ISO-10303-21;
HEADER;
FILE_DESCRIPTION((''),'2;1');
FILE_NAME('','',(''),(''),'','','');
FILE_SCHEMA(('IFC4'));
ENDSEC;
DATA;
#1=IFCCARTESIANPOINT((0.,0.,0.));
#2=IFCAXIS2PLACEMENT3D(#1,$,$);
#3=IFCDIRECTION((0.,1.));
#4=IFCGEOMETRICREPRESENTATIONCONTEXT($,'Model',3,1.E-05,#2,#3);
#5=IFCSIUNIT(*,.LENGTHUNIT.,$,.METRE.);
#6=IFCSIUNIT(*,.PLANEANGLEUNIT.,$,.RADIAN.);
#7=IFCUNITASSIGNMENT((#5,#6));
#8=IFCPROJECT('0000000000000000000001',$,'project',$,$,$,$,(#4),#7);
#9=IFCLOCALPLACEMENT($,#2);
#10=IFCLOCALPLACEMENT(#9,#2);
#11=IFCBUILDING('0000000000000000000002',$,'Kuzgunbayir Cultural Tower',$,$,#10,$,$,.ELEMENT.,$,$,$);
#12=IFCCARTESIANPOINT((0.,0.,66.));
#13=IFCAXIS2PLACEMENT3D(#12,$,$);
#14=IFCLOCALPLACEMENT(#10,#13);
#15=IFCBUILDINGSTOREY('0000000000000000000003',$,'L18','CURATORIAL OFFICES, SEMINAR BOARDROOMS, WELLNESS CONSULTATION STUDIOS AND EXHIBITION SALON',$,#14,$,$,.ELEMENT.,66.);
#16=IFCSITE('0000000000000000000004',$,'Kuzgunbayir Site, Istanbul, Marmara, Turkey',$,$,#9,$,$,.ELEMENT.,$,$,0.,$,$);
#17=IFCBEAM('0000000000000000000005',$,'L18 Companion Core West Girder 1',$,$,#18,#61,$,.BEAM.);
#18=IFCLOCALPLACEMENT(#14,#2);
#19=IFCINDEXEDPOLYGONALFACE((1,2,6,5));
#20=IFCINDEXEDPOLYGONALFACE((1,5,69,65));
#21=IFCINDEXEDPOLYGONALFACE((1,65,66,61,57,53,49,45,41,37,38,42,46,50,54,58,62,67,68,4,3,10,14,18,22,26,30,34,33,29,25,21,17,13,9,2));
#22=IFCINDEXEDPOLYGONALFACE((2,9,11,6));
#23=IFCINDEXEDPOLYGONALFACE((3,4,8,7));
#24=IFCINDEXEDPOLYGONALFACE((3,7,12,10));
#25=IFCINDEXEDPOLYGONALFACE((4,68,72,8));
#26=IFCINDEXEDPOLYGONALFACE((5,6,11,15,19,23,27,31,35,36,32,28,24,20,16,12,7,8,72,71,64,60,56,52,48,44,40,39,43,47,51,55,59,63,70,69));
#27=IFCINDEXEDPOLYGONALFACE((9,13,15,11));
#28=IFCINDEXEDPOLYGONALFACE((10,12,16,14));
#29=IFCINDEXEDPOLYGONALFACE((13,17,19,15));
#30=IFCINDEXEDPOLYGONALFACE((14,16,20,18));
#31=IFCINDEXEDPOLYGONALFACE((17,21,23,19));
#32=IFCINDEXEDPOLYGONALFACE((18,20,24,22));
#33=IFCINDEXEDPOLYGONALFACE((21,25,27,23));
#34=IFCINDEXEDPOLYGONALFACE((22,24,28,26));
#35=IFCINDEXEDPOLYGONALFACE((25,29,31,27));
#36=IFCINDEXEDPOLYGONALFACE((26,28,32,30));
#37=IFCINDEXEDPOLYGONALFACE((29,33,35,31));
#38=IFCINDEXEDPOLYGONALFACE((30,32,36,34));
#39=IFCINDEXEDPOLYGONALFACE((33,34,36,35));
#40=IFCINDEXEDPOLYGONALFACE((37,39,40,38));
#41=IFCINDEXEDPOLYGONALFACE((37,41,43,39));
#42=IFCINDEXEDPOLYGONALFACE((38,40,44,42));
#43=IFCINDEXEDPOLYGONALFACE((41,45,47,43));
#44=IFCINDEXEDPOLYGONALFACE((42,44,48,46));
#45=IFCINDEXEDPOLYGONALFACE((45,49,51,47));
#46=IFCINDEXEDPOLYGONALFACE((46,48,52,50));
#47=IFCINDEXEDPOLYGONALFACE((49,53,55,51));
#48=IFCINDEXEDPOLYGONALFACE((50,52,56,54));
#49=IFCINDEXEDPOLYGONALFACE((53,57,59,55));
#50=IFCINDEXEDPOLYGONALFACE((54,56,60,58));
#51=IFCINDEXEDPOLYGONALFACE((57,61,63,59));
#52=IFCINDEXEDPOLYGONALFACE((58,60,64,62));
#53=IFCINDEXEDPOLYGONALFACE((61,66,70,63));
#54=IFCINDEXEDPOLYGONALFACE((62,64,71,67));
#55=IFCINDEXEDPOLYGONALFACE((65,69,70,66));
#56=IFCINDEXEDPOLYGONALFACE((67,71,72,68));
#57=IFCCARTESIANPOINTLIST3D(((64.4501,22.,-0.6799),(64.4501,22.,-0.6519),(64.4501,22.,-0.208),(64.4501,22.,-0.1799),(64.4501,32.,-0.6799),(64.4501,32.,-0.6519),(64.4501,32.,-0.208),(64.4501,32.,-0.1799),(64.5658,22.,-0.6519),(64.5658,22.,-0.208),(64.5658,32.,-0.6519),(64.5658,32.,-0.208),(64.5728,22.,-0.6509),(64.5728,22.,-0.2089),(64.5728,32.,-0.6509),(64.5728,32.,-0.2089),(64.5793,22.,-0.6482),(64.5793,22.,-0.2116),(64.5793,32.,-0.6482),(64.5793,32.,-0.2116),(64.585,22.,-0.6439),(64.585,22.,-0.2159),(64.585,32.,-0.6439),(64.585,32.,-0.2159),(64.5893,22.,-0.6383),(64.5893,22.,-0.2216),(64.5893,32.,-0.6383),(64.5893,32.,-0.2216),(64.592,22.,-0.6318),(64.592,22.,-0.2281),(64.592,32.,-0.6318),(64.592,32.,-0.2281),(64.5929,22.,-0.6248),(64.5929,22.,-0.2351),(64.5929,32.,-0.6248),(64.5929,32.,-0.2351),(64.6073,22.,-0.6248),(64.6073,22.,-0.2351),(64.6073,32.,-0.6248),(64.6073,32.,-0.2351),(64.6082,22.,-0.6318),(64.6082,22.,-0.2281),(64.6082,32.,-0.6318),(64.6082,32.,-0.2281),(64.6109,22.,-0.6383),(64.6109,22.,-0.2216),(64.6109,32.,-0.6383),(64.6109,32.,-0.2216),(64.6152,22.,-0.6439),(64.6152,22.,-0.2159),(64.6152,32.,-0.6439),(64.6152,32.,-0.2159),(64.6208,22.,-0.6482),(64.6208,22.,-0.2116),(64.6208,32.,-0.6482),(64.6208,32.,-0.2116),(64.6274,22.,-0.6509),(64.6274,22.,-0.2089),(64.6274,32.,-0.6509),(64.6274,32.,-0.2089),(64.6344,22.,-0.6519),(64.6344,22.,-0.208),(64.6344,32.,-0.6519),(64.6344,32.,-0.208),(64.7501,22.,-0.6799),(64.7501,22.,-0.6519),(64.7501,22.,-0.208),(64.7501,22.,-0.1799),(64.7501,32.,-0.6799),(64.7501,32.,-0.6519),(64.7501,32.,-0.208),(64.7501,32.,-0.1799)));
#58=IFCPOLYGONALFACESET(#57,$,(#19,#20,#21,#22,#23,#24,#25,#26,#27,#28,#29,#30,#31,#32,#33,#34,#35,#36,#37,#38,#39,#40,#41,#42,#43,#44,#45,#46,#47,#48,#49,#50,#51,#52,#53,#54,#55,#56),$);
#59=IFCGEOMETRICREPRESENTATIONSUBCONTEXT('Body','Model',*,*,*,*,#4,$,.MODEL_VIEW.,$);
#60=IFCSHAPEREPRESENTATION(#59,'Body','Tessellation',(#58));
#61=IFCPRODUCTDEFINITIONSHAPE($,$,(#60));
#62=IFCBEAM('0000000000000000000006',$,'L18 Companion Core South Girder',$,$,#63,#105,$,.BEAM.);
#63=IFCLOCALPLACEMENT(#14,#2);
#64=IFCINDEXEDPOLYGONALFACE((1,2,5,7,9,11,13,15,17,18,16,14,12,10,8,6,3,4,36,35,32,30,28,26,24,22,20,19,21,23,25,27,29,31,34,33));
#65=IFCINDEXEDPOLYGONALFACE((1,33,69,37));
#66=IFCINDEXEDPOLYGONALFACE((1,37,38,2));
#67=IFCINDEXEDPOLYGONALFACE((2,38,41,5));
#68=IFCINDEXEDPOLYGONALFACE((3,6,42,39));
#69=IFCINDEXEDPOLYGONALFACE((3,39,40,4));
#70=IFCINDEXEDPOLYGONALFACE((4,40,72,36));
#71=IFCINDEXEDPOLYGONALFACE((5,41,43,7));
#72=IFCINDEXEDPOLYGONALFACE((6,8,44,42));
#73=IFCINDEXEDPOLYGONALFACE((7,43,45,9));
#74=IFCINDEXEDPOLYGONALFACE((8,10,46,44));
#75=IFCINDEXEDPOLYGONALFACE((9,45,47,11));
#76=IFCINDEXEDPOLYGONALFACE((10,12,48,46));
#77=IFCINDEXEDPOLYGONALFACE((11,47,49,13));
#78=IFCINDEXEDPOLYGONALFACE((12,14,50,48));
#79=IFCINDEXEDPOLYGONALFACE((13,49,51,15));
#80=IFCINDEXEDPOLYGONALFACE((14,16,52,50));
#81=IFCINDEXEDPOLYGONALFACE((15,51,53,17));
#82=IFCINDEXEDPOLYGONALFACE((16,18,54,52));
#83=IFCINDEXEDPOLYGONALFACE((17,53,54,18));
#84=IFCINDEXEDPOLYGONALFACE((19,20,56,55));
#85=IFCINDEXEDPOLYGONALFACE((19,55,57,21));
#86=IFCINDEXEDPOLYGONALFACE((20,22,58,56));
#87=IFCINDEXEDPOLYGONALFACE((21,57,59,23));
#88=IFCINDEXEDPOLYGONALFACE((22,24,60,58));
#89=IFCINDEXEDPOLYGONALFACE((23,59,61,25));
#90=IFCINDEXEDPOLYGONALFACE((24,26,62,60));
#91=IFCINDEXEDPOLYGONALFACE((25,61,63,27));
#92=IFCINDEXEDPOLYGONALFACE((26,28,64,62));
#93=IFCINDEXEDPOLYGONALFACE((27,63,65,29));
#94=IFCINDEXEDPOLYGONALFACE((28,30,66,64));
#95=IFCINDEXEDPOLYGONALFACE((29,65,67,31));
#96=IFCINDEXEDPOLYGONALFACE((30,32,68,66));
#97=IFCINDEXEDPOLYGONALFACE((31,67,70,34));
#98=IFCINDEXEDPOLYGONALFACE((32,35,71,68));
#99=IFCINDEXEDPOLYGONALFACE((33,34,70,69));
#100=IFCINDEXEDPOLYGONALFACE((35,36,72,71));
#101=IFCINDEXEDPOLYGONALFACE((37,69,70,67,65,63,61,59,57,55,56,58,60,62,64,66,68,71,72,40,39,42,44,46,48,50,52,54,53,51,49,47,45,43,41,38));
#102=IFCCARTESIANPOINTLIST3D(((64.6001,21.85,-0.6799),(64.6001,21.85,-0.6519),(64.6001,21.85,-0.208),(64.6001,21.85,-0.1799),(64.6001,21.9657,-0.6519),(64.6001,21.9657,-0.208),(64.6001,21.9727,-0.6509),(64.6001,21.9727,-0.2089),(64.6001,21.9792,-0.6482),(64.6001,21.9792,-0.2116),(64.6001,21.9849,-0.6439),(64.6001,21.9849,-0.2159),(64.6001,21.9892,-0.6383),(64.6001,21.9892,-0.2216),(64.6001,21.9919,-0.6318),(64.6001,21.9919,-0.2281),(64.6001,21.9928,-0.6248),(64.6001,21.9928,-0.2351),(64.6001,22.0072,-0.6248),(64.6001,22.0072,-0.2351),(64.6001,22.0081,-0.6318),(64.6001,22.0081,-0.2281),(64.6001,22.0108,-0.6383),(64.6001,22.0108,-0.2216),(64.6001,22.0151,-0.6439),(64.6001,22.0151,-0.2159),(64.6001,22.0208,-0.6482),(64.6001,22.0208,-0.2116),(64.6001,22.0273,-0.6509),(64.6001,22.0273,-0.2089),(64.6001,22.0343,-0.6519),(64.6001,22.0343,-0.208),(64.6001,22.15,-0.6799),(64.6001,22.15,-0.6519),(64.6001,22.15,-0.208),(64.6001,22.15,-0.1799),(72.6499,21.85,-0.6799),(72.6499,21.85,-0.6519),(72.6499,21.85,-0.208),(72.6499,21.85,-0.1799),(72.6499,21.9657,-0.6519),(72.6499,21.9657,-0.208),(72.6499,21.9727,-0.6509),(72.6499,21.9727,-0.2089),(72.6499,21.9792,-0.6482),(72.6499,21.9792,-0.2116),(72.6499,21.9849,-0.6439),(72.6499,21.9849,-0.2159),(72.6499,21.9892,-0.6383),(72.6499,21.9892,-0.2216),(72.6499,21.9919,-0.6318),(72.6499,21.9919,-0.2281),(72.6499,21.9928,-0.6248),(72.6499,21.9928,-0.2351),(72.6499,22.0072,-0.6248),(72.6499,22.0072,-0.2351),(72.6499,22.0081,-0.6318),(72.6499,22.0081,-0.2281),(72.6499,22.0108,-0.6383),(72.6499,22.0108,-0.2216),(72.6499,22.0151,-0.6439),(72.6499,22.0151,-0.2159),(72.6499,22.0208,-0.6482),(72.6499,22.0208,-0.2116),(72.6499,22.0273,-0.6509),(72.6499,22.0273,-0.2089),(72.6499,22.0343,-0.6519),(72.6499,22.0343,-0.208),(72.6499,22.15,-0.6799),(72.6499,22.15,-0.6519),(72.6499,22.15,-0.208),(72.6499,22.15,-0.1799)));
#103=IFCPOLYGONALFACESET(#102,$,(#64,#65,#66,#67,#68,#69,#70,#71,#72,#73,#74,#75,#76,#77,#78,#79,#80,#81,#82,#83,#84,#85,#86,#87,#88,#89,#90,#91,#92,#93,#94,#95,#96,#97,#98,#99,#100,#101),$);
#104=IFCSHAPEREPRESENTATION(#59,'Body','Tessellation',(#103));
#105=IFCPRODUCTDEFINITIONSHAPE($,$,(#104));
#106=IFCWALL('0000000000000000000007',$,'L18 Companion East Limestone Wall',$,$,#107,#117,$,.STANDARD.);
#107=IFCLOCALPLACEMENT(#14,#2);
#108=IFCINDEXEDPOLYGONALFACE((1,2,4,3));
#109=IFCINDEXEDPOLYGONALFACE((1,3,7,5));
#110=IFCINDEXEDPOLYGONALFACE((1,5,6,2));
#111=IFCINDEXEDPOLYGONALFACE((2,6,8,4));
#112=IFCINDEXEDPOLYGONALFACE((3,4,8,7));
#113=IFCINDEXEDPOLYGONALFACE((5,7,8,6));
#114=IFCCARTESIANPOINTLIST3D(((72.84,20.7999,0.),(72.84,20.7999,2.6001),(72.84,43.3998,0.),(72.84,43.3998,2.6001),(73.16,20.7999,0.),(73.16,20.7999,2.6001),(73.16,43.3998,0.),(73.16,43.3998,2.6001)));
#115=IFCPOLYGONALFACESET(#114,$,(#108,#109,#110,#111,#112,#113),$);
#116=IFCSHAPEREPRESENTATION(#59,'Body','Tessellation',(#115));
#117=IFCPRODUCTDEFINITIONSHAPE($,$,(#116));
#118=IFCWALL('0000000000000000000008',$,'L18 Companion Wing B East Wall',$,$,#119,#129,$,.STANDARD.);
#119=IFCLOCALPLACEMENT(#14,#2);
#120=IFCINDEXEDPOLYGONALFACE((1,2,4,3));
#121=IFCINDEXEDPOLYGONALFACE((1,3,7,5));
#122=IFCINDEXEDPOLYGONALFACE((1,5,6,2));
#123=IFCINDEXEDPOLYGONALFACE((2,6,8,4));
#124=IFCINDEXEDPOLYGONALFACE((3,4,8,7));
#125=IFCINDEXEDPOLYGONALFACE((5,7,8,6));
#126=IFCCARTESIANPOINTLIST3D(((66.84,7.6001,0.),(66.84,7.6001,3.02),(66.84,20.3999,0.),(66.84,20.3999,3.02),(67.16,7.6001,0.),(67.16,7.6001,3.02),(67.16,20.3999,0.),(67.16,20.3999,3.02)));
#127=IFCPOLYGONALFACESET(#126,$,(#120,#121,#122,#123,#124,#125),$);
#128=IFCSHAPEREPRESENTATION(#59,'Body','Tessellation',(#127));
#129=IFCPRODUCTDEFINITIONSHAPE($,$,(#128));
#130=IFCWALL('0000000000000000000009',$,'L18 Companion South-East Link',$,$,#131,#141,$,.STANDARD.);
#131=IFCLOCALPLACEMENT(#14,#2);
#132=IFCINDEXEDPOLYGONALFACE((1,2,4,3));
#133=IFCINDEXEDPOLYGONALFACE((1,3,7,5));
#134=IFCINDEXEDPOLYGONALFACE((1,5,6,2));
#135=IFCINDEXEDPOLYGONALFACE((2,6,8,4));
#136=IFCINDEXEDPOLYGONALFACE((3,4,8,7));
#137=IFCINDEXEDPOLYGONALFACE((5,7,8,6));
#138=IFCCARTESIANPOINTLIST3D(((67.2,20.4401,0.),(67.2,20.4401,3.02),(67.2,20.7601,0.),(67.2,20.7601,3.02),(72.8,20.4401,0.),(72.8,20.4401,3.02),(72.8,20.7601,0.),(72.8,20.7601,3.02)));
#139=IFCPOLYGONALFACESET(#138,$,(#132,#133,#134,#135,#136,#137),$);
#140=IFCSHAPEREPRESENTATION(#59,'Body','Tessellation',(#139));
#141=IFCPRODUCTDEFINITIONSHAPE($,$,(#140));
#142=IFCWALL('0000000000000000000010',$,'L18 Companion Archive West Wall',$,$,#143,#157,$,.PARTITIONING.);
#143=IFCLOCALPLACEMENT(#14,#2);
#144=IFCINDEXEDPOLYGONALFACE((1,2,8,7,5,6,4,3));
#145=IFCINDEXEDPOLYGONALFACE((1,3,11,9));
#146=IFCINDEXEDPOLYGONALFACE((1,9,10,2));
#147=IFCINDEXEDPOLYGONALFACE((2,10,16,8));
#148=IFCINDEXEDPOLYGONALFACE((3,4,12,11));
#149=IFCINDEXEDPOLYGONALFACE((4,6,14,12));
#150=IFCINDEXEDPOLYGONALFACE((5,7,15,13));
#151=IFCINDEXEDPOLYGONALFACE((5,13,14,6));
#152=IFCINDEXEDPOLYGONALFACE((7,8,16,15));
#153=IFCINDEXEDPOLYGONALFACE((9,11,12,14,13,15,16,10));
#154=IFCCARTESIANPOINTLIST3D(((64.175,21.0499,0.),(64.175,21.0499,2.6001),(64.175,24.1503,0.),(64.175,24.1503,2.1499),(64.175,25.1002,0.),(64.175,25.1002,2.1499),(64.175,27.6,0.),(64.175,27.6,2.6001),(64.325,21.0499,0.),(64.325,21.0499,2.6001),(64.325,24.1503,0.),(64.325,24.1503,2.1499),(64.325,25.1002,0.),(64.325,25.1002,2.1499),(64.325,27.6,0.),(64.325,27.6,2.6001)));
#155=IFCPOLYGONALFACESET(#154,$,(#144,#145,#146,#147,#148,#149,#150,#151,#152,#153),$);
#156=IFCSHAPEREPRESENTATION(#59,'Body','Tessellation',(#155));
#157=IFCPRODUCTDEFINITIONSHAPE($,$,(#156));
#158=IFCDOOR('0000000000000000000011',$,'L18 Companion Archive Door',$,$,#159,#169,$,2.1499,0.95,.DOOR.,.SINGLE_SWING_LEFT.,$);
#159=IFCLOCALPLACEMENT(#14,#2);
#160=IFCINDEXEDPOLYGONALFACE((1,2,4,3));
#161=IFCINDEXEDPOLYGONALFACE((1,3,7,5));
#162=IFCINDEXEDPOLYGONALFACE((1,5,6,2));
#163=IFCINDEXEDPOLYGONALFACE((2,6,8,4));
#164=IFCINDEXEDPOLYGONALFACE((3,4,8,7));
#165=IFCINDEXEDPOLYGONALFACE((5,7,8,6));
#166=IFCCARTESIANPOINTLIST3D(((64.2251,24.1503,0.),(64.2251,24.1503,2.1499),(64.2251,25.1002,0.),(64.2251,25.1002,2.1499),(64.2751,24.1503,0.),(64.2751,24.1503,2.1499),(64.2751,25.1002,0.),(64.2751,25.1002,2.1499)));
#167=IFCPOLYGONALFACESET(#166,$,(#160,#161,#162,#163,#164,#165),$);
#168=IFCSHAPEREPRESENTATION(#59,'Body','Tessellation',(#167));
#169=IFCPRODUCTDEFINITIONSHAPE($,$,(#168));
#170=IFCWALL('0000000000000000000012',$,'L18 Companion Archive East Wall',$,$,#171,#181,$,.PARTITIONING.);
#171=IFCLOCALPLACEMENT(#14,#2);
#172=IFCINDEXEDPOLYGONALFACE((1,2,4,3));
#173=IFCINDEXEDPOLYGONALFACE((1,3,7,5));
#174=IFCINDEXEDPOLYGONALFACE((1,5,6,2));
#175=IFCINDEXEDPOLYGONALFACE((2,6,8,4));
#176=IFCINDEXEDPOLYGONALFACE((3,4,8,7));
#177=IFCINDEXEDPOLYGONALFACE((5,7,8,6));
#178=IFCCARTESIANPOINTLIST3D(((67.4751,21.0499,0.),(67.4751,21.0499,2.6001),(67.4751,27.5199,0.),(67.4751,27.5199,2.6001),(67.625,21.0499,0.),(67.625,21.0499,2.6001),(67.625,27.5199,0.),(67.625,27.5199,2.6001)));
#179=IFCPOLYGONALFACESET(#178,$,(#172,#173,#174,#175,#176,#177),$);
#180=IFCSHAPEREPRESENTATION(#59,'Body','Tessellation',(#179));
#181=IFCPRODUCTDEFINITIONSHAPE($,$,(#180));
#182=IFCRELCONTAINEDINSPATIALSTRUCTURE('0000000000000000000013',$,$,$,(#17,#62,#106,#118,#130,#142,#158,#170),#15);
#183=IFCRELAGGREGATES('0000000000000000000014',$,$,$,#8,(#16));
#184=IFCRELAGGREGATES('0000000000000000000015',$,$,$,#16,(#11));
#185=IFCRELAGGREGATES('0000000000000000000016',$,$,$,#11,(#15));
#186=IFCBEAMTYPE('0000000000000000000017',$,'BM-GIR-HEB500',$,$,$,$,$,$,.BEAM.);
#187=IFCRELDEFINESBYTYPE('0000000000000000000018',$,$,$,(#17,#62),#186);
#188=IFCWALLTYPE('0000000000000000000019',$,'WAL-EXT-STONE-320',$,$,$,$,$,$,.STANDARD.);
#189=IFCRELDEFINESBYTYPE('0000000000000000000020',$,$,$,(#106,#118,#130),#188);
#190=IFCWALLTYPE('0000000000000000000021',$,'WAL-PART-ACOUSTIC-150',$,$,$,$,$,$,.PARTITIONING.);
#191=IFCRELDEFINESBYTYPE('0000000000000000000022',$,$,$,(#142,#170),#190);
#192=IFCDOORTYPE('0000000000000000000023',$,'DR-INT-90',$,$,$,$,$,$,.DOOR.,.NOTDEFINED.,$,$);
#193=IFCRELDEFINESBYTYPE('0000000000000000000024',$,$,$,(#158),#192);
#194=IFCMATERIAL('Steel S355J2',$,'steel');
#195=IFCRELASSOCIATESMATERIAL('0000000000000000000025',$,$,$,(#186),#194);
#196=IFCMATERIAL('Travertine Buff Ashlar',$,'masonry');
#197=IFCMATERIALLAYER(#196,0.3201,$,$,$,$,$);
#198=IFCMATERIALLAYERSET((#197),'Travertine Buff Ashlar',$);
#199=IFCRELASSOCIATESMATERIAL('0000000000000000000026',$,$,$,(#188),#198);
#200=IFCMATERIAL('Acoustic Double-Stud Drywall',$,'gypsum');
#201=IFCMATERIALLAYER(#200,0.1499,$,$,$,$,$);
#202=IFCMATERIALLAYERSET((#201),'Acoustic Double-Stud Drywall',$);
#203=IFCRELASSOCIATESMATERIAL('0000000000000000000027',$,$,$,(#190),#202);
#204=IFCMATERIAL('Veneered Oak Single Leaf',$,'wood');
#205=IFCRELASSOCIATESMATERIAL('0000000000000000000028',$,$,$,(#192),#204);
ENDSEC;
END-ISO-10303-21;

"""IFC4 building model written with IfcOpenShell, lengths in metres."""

from ifc_helpers import new_model, si_unit, direction, frame, frame_2d, origin, origin_2d, place, context, subcontext, project, spatial, rectangle, i_section, extrude, material, layer, layer_set, material_profile, profile_set, type_object, element, fill, save


model = new_model("IFC4")

# Units and contexts
model_context = context("Model", 3, precision=1e-05, world=origin(), true_north=direction((0.0, 1.0)))
body_context = subcontext(model_context, "Body", "Model", "MODEL_VIEW")
ifc_project = project(units=[si_unit("LENGTHUNIT", "METRE"), si_unit("PLANEANGLEUNIT", "RADIAN")], contexts=[model_context])

# Site, building, storey
site_placement = place(None, origin())
site = spatial("IfcSite", under=ifc_project, at=site_placement, Name="Kuzgunbayir Site, Istanbul, Marmara, Turkey", CompositionType="ELEMENT", RefElevation=0.0)
building_placement = place(site_placement, origin())
building = spatial("IfcBuilding", under=site, at=building_placement, Name="Kuzgunbayir Cultural Tower", CompositionType="ELEMENT")
storey_placement = place(building_placement, frame((0.0, 0.0, 66.0)))
storey = spatial("IfcBuildingStorey", under=building, at=storey_placement, Name="L18", Description="CURATORIAL OFFICES, SEMINAR BOARDROOMS, WELLNESS CONSULTATION STUDIOS AND EXHIBITION SALON", CompositionType="ELEMENT", Elevation=66.0)

# Beams
ifc_material_1 = material(Name="Steel S355J2", Category="steel")
ifc_material_profile_1 = material_profile(ifc_material_1, i_section(OverallWidth=0.3, OverallDepth=0.5, WebThickness=0.0144, FlangeThickness=0.0281, FilletRadius=0.0271, at=origin_2d()), Name="HEB 500")
ifc_profile_set_1 = profile_set([ifc_material_profile_1], Name="Steel S355J2")
beam_type_1 = type_object("IfcBeamType", Name="BM-GIR-HEB500", PredefinedType="BEAM", material=ifc_profile_set_1)
beam_1_placement = place(storey_placement, frame((64.6001, 22.0, -0.4299), z_axis=(0.0, 1.0, 0.0), x_axis=(-1.0, 0.0, 0.0)))
element("IfcBeam", 1, at=beam_1_placement, inside=storey, type_object=beam_type_1, Name="L18 Companion Core West Girder 1", PredefinedType="BEAM", context=body_context, shape_type="SweptSolid", body=[
    extrude(i_section(OverallWidth=0.3, OverallDepth=0.5, WebThickness=0.0144, FlangeThickness=0.0281, FilletRadius=0.0271, at=origin_2d()), origin(), (0.0, 0.0, 1.0), 10.0),
])
beam_2_placement = place(storey_placement, frame((64.6001, 22.0, -0.4299), z_axis=(1.0, 0.0, 0.0), x_axis=(0.0, 1.0, 0.0)))
element("IfcBeam", 2, at=beam_2_placement, inside=storey, type_object=beam_type_1, Name="L18 Companion Core South Girder", PredefinedType="BEAM", context=body_context, shape_type="SweptSolid", body=[
    extrude(i_section(OverallWidth=0.3, OverallDepth=0.5, WebThickness=0.0144, FlangeThickness=0.0281, FilletRadius=0.0271, at=origin_2d()), origin(), (0.0, 0.0, 1.0), 8.0498),
])

# Walls
ifc_material_2 = material(Name="Travertine Buff Ashlar", Category="masonry")
ifc_layer_1 = layer(ifc_material_2, 0.3201)
ifc_layer_set_1 = layer_set([ifc_layer_1], Name="Travertine Buff Ashlar")
wall_type_1 = type_object("IfcWallType", Name="WAL-EXT-STONE-320", PredefinedType="STANDARD", material=ifc_layer_set_1)
wall_1_placement = place(storey_placement, frame((73.0, 20.8, 0.0), z_axis=(0.0, 0.0, 1.0), x_axis=(0.0, 1.0, 0.0)))
element("IfcWall", 3, at=wall_1_placement, inside=storey, type_object=wall_type_1, Name="L18 Companion East Limestone Wall", PredefinedType="STANDARD", context=body_context, shape_type="SweptSolid", body=[
    extrude(rectangle(XDim=22.5999, YDim=0.3201, at=frame_2d((11.2998, 0.0))), origin(), (0.0, 0.0, 1.0), 2.6001),
])
wall_2_placement = place(storey_placement, frame((67.0, 7.6001, 0.0), z_axis=(0.0, 0.0, 1.0), x_axis=(0.0, 1.0, 0.0)))
element("IfcWall", 4, at=wall_2_placement, inside=storey, type_object=wall_type_1, Name="L18 Companion Wing B East Wall", PredefinedType="STANDARD", context=body_context, shape_type="SweptSolid", body=[
    extrude(rectangle(XDim=12.7998, YDim=0.3201, at=frame_2d((6.3999, 0.0))), origin(), (0.0, 0.0, 1.0), 3.02),
])
wall_3_placement = place(storey_placement, frame((67.2, 20.6001, 0.0), z_axis=(0.0, 0.0, 1.0), x_axis=(1.0, 0.0, 0.0)))
element("IfcWall", 5, at=wall_3_placement, inside=storey, type_object=wall_type_1, Name="L18 Companion South-East Link", PredefinedType="STANDARD", context=body_context, shape_type="SweptSolid", body=[
    extrude(rectangle(XDim=5.6001, YDim=0.3201, at=frame_2d((2.8, 0.0))), origin(), (0.0, 0.0, 1.0), 3.02),
])

# Wall, opening, door
ifc_material_3 = material(Name="Acoustic Double-Stud Drywall", Category="gypsum")
ifc_layer_2 = layer(ifc_material_3, 0.1499)
ifc_layer_set_2 = layer_set([ifc_layer_2], Name="Acoustic Double-Stud Drywall")
wall_type_2 = type_object("IfcWallType", Name="WAL-PART-ACOUSTIC-150", PredefinedType="PARTITIONING", material=ifc_layer_set_2)
wall_4_placement = place(storey_placement, frame((64.25, 21.05, 0.0), z_axis=(0.0, 0.0, 1.0), x_axis=(0.0, 1.0, 0.0)))
wall_4 = element("IfcWall", 6, at=wall_4_placement, inside=storey, type_object=wall_type_2, Name="L18 Companion Archive West Wall", PredefinedType="PARTITIONING", context=body_context, shape_type="SweptSolid", body=[
    extrude(rectangle(XDim=6.55, YDim=0.1499, at=frame_2d((3.2749, 0.0))), origin(), (0.0, 0.0, 1.0), 2.6001),
])
opening_1_placement = place(wall_4_placement, frame((3.1001, 0.0, 0.0)))
opening_1 = element("IfcOpeningElement", 7, at=opening_1_placement, cuts=wall_4, PredefinedType="OPENING", context=body_context, shape_type="SweptSolid", body=[
    extrude(rectangle(XDim=0.95, YDim=2.1499, at=frame_2d((0.4751, 1.075))), frame((0.0, 0.085, 0.0), z_axis=(0.0, -1.0, 0.0), x_axis=(1.0, 0.0, 0.0)), (0.0, 0.0, 1.0), 0.1699),
])
ifc_material_4 = material(Name="Veneered Oak Single Leaf", Category="wood")
door_type_1 = type_object("IfcDoorType", Name="DR-INT-90", OperationType="NOTDEFINED", PredefinedType="DOOR", material=ifc_material_4)
door_1_placement = place(opening_1_placement, origin())
door_1 = element("IfcDoor", 8, at=door_1_placement, inside=storey, type_object=door_type_1, Name="L18 Companion Archive Door", OperationType="SINGLE_SWING_LEFT", OverallHeight=2.1499, OverallWidth=0.95, PredefinedType="DOOR", context=body_context, shape_type="SweptSolid", body=[
    extrude(rectangle(XDim=0.95, YDim=2.1499, at=frame_2d((0.4751, 1.075))), frame((0.0, 0.0249, 0.0), z_axis=(0.0, -1.0, 0.0), x_axis=(1.0, 0.0, 0.0)), (0.0, 0.0, 1.0), 0.05),
])
fill(opening_1, door_1)

# Wall
wall_5_placement = place(storey_placement, frame((67.55, 21.05, 0.0), z_axis=(0.0, 0.0, 1.0), x_axis=(0.0, 1.0, 0.0)))
element("IfcWall", 9, at=wall_5_placement, inside=storey, type_object=wall_type_2, Name="L18 Companion Archive East Wall", PredefinedType="PARTITIONING", context=body_context, shape_type="SweptSolid", body=[
    extrude(rectangle(XDim=6.47, YDim=0.1499, at=frame_2d((3.2349, 0.0))), origin(), (0.0, 0.0, 1.0), 2.6001),
])

save(model, "model.ifc")
